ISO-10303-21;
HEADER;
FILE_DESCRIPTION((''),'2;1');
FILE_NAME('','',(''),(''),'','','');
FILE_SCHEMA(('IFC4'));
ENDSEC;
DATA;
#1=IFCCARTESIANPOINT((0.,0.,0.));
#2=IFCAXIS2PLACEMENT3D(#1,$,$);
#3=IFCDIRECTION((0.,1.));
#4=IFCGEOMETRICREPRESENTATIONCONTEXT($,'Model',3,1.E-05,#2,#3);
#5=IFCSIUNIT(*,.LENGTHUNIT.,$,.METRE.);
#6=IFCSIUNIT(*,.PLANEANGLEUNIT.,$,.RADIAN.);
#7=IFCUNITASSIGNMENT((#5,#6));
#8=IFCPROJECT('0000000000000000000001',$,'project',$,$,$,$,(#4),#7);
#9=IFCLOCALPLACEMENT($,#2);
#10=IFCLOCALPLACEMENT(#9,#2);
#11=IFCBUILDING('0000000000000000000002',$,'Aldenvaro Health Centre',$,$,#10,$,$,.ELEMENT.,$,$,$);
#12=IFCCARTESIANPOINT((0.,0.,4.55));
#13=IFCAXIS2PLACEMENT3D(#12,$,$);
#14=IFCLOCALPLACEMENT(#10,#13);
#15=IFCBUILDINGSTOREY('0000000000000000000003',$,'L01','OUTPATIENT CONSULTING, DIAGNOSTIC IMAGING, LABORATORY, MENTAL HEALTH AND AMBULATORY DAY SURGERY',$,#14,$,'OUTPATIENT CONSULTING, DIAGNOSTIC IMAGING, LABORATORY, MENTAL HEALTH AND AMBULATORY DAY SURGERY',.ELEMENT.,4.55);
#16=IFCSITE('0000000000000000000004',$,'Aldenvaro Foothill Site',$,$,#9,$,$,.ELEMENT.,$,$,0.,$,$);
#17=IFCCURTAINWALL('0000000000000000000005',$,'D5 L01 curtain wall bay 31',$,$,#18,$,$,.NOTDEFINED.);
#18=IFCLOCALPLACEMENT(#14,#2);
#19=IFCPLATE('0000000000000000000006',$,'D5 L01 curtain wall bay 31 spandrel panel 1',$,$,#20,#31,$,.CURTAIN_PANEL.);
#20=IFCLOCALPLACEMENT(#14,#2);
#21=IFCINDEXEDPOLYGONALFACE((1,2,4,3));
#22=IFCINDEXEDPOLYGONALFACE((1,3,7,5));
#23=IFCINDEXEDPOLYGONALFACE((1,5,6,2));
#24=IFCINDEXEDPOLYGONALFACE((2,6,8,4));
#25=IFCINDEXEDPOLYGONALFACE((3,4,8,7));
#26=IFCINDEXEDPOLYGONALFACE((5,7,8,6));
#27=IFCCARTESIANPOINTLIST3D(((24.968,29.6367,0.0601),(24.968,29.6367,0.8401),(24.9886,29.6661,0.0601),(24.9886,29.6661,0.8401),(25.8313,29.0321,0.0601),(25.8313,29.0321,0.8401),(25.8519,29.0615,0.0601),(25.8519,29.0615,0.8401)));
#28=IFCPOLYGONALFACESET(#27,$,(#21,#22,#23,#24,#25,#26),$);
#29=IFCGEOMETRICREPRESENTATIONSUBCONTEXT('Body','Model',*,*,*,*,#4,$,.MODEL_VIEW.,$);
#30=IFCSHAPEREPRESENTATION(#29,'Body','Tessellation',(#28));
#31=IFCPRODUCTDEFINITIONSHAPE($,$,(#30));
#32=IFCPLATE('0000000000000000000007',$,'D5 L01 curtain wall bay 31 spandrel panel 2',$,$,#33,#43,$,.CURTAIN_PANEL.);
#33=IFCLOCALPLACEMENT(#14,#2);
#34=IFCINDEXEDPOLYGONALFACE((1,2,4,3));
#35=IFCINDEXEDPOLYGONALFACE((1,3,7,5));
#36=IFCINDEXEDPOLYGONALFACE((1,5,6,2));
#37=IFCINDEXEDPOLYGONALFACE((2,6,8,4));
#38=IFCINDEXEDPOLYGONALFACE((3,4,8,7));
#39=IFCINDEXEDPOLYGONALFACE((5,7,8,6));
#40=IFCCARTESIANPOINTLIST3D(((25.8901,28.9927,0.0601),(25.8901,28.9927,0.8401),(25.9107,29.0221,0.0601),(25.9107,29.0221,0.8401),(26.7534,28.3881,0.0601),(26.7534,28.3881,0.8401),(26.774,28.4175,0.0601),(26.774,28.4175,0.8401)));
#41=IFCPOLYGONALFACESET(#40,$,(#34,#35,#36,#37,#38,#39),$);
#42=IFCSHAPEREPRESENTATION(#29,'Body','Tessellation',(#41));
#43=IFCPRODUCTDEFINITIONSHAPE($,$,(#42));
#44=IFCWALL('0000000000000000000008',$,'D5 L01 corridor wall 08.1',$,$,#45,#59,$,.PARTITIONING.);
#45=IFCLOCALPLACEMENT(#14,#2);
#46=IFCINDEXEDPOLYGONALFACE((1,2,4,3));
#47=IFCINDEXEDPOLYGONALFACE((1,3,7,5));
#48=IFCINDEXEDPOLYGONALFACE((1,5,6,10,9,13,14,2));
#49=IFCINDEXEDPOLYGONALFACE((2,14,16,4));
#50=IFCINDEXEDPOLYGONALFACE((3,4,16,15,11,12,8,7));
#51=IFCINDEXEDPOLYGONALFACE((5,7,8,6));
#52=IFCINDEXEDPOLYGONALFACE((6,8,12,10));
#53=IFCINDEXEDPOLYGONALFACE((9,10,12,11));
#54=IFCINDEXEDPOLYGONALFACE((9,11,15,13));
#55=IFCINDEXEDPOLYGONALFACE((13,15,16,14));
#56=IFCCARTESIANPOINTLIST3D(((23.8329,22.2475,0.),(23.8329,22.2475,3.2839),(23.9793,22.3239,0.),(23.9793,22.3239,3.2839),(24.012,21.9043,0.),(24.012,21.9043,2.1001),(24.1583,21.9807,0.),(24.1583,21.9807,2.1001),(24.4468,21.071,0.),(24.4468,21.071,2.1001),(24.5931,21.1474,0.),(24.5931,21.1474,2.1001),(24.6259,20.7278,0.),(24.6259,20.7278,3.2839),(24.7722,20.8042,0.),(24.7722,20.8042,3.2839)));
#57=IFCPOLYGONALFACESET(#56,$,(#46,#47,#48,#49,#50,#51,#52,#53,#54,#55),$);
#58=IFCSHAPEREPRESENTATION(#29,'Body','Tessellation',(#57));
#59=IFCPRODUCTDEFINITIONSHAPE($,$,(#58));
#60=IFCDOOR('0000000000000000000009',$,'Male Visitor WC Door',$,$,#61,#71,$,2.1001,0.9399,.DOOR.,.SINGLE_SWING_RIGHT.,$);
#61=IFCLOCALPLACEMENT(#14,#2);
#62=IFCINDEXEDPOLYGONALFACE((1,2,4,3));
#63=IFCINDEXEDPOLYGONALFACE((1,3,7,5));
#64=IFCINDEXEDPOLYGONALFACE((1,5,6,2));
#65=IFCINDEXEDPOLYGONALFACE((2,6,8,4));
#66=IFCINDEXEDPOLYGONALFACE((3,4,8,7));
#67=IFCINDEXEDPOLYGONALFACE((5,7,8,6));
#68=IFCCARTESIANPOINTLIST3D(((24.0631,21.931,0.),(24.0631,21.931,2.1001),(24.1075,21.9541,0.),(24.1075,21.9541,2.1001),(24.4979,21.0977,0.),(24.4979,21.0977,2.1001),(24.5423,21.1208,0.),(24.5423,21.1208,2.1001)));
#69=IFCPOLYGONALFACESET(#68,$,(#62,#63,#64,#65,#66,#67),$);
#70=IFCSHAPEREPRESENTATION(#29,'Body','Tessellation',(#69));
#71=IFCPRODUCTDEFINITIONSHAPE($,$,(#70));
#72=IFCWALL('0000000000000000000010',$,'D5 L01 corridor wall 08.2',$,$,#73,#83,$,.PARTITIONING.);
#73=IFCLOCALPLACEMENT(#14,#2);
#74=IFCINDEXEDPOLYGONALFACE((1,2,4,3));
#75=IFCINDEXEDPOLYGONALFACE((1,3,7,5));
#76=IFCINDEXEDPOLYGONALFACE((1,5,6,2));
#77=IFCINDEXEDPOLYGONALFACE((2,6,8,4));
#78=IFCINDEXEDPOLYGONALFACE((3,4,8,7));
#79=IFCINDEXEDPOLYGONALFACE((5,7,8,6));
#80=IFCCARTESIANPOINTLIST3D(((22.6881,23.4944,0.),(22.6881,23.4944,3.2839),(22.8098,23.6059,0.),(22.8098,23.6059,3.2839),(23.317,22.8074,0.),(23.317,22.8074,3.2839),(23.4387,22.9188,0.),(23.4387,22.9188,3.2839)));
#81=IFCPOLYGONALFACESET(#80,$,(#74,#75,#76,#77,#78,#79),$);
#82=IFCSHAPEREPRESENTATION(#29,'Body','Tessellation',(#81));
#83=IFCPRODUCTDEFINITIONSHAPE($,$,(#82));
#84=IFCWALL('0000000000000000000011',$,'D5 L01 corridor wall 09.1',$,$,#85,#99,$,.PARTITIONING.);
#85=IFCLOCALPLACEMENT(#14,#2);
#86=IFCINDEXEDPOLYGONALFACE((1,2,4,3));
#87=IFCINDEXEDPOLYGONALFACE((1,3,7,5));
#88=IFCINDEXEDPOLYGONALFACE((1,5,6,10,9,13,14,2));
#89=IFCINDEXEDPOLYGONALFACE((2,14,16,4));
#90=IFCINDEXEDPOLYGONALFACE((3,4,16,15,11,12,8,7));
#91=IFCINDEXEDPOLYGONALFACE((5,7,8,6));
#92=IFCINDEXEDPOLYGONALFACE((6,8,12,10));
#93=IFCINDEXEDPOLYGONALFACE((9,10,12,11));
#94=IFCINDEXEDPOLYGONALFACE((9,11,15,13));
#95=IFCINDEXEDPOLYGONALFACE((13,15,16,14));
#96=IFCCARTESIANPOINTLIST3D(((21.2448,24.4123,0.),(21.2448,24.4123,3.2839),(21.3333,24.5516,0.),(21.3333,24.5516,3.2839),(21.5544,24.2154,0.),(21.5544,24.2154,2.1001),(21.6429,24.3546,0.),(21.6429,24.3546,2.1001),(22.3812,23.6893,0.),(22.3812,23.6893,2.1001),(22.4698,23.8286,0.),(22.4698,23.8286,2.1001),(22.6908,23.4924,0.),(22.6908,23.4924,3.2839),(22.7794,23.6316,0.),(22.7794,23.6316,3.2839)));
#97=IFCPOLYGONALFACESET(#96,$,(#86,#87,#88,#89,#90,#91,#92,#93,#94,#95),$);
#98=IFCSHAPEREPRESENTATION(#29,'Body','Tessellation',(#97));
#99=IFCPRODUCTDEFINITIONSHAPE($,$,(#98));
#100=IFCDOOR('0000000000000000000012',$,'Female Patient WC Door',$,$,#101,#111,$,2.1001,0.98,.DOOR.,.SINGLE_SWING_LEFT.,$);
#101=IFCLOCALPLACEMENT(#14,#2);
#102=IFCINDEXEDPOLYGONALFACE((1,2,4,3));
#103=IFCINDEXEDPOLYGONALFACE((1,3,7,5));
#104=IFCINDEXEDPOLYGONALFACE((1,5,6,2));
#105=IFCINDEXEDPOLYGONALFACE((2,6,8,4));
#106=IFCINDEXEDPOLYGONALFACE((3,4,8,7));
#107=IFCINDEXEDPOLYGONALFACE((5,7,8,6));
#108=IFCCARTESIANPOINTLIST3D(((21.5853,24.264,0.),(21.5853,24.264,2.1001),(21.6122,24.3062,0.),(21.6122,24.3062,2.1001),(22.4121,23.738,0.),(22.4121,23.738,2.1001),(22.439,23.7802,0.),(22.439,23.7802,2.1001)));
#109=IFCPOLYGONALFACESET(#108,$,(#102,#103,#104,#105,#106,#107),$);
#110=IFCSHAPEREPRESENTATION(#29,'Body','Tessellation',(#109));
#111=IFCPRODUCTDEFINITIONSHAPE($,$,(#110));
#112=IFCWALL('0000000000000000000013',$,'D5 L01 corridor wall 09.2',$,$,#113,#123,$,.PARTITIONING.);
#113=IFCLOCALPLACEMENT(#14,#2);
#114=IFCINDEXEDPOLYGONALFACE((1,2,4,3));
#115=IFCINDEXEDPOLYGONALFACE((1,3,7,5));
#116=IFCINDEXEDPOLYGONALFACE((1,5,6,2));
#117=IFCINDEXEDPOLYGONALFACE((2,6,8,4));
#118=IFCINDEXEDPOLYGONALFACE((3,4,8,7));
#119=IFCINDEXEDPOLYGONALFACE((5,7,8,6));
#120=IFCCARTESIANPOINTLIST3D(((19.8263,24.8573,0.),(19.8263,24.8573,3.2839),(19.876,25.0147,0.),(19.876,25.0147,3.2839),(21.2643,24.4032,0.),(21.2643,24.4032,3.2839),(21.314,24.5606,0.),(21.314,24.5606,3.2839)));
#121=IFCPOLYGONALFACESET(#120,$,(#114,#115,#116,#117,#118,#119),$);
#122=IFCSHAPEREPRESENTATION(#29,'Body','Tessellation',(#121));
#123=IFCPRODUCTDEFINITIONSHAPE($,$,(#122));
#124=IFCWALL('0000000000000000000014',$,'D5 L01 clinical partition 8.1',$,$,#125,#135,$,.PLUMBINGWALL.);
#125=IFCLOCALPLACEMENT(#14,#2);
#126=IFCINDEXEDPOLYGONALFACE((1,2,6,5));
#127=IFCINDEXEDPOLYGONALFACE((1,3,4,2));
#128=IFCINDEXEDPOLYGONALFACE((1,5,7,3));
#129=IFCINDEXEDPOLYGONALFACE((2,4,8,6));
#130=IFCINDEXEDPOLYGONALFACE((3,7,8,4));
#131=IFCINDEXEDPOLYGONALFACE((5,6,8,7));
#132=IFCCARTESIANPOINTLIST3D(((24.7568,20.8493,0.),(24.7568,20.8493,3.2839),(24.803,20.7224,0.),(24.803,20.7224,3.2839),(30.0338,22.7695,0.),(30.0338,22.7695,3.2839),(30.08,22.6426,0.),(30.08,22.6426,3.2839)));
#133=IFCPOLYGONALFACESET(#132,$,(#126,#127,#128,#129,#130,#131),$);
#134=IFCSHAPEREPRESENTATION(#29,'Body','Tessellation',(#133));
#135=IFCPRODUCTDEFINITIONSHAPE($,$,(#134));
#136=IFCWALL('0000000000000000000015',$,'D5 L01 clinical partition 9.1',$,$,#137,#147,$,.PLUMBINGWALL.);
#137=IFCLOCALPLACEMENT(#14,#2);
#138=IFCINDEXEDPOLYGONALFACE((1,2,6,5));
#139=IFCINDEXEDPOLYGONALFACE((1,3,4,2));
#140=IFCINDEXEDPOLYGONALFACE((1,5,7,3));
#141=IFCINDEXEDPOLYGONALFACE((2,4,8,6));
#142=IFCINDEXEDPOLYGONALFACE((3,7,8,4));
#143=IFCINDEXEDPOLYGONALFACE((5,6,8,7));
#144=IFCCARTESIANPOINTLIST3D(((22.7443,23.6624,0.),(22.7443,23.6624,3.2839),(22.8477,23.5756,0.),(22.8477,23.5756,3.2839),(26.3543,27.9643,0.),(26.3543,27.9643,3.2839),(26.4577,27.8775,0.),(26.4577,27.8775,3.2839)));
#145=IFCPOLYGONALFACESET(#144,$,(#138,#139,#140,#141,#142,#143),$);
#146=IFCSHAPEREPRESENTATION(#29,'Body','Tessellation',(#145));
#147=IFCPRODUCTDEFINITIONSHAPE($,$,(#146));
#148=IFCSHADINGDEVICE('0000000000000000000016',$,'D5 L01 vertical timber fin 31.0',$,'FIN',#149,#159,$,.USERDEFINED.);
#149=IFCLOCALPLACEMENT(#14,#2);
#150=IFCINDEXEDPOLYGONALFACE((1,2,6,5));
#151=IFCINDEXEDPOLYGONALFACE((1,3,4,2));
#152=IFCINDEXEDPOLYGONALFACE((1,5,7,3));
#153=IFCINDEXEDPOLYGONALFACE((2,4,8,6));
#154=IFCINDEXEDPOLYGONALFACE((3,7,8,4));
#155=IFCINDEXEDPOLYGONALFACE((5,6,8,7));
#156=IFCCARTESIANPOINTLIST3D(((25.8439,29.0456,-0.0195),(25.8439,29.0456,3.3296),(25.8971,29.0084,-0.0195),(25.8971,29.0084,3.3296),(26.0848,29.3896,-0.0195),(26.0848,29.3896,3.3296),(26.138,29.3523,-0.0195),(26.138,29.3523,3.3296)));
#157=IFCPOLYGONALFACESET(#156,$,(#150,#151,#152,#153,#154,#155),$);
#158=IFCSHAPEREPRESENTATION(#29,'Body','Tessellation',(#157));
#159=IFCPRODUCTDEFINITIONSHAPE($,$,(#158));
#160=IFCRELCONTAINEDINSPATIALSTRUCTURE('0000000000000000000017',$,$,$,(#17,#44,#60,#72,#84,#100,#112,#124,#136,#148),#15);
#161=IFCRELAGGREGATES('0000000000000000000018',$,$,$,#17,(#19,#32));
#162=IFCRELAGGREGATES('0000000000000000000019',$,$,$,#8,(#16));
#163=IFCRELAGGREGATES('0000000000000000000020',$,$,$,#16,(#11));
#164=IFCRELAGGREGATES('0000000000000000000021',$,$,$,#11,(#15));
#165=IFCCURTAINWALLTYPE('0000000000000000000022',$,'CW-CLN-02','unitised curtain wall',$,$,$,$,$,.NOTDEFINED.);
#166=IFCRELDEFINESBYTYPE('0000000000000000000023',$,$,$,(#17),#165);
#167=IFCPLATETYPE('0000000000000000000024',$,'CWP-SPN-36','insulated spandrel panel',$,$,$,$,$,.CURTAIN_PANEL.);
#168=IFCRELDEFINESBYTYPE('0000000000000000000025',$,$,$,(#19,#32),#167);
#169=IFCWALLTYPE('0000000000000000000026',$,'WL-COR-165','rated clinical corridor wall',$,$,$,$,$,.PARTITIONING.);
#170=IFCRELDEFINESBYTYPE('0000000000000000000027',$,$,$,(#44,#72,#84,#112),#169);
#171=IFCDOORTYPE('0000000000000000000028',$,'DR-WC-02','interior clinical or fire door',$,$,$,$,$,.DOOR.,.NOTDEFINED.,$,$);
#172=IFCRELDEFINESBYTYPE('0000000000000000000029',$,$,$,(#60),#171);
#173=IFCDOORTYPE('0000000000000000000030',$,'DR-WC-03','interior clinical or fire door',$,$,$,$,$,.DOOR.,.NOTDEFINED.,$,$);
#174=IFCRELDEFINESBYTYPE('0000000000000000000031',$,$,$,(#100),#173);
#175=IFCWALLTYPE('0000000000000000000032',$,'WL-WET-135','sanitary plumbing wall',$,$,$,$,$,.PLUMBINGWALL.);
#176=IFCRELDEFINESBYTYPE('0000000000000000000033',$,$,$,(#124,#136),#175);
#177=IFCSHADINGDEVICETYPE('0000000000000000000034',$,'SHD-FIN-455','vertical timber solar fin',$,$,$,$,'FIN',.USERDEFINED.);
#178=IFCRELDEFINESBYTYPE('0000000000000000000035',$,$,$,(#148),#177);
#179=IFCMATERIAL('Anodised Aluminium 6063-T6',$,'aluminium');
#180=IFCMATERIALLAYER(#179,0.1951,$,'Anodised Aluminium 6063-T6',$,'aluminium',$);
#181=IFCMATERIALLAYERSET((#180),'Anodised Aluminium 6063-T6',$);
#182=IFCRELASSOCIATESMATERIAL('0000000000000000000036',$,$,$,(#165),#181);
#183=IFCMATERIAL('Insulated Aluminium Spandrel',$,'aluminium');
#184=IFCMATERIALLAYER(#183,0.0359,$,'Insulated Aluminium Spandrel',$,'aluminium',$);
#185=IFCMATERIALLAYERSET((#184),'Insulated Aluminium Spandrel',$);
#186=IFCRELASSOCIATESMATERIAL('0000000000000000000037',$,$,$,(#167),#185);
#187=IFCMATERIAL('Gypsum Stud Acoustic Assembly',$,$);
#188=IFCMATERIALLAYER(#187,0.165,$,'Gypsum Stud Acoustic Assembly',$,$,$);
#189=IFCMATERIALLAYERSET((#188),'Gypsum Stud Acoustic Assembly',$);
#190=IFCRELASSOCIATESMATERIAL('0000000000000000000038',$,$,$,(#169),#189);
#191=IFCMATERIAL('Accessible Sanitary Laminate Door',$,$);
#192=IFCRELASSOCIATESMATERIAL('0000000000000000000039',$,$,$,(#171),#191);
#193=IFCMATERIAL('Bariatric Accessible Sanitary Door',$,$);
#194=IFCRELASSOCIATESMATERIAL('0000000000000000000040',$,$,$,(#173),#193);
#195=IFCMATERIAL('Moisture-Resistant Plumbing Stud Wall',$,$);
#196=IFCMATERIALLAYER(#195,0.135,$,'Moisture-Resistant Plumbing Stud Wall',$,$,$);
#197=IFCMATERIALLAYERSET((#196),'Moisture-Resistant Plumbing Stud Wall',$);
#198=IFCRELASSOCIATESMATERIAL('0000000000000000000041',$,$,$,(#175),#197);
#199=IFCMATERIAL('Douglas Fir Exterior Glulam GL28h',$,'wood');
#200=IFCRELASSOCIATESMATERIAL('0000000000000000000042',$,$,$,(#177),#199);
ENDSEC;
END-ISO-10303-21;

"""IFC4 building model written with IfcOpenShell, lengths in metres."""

from ifc_helpers import new_model, si_unit, direction, frame, frame_2d, origin, origin_2d, place, context, subcontext, project, spatial, rectangle, extrude, material, layer, layer_set, type_object, element, fill, aggregate, save


model = new_model("IFC4")

# Units and contexts
model_context = context("Model", 3, precision=1e-05, world=origin(), true_north=direction((0.0, 1.0)))
body_context = subcontext(model_context, "Body", "Model", "MODEL_VIEW")
ifc_project = project(units=[si_unit("LENGTHUNIT", "METRE"), si_unit("PLANEANGLEUNIT", "RADIAN")], contexts=[model_context])

# Site, building, storey
site_placement = place(None, origin())
site = spatial("IfcSite", under=ifc_project, at=site_placement, Name="Aldenvaro Foothill Site", CompositionType="ELEMENT", RefElevation=0.0)
building_placement = place(site_placement, origin())
building = spatial("IfcBuilding", under=site, at=building_placement, Name="Aldenvaro Health Centre", CompositionType="ELEMENT")
storey_placement = place(building_placement, frame((0.0, 0.0, 4.55)))
storey = spatial("IfcBuildingStorey", under=building, at=storey_placement, Name="L01", Description="OUTPATIENT CONSULTING, DIAGNOSTIC IMAGING, LABORATORY, MENTAL HEALTH AND AMBULATORY DAY SURGERY", LongName="OUTPATIENT CONSULTING, DIAGNOSTIC IMAGING, LABORATORY, MENTAL HEALTH AND AMBULATORY DAY SURGERY", CompositionType="ELEMENT", Elevation=4.55)

# Curtain wall, plates
ifc_material_1 = material(Name="Anodised Aluminium 6063-T6", Category="aluminium")
ifc_layer_1 = layer(ifc_material_1, 0.1951, Name="Anodised Aluminium 6063-T6", Category="aluminium")
ifc_layer_set_1 = layer_set([ifc_layer_1], Name="Anodised Aluminium 6063-T6")
curtain_wall_type = type_object("IfcCurtainWallType", Name="CW-CLN-02", Description="unitised curtain wall", PredefinedType="NOTDEFINED", material=ifc_layer_set_1)
curtain_wall_placement = place(storey_placement, origin())
curtain_wall = element("IfcCurtainWall", 1, at=curtain_wall_placement, inside=storey, type_object=curtain_wall_type, Name="D5 L01 curtain wall bay 31", PredefinedType="NOTDEFINED")
ifc_material_2 = material(Name="Insulated Aluminium Spandrel", Category="aluminium")
ifc_layer_2 = layer(ifc_material_2, 0.0359, Name="Insulated Aluminium Spandrel", Category="aluminium")
ifc_layer_set_2 = layer_set([ifc_layer_2], Name="Insulated Aluminium Spandrel")
plate_type_1 = type_object("IfcPlateType", Name="CWP-SPN-36", Description="insulated spandrel panel", PredefinedType="CURTAIN_PANEL", material=ifc_layer_set_2)
plate_1_placement = place(storey_placement, frame((25.4099, 29.3491, 0.0601), z_axis=(0.0, 0.0, 1.0), x_axis=(0.819107, -0.573641, 0.0)))
plate_1 = element("IfcPlate", 2, at=plate_1_placement, type_object=plate_type_1, Name="D5 L01 curtain wall bay 31 spandrel panel 1", PredefinedType="CURTAIN_PANEL", context=body_context, shape_type="SweptSolid", body=[
    extrude(rectangle(XDim=1.054, YDim=0.0359, at=origin_2d()), origin(), (0.0, 0.0, 1.0), 0.78),
])
plate_2_placement = place(storey_placement, frame((26.332, 28.7051, 0.0601), z_axis=(0.0, 0.0, 1.0), x_axis=(0.819107, -0.573641, 0.0)))
plate_2 = element("IfcPlate", 3, at=plate_2_placement, type_object=plate_type_1, Name="D5 L01 curtain wall bay 31 spandrel panel 2", PredefinedType="CURTAIN_PANEL", context=body_context, shape_type="SweptSolid", body=[
    extrude(rectangle(XDim=1.054, YDim=0.0359, at=origin_2d()), origin(), (0.0, 0.0, 1.0), 0.78),
])
aggregate(curtain_wall, [plate_1, plate_2])

# Wall, opening, door
ifc_material_3 = material(Name="Gypsum Stud Acoustic Assembly")
ifc_layer_3 = layer(ifc_material_3, 0.165, Name="Gypsum Stud Acoustic Assembly")
ifc_layer_set_3 = layer_set([ifc_layer_3], Name="Gypsum Stud Acoustic Assembly")
wall_type_1 = type_object("IfcWallType", Name="WL-COR-165", Description="rated clinical corridor wall", PredefinedType="PARTITIONING", material=ifc_layer_set_3)
wall_1_placement = place(storey_placement, frame((24.699, 20.7661, 0.0), z_axis=(0.0, 0.0, 1.0), x_axis=(-0.462585, 0.886575, 0.0)))
wall_1 = element("IfcWall", 4, at=wall_1_placement, inside=storey, type_object=wall_type_1, Name="D5 L01 corridor wall 08.1", PredefinedType="PARTITIONING", context=body_context, shape_type="SweptSolid", body=[
    extrude(rectangle(XDim=1.7141, YDim=0.165, at=frame_2d((0.8569, 0.0))), origin(), (0.0, 0.0, 1.0), 3.2839),
])
opening_1_placement = place(wall_1_placement, frame((0.387, 0.0, 0.0)))
opening_1 = element("IfcOpeningElement", 5, at=opening_1_placement, cuts=wall_1, PredefinedType="OPENING", context=body_context, shape_type="SweptSolid", body=[
    extrude(rectangle(XDim=0.9399, YDim=2.1001, at=frame_2d((0.47, 1.05))), frame((0.0, 0.0925, 0.0), z_axis=(0.0, -1.0, 0.0), x_axis=(1.0, 0.0, 0.0)), (0.0, 0.0, 1.0), 0.1851),
])
ifc_material_4 = material(Name="Accessible Sanitary Laminate Door")
door_type_1 = type_object("IfcDoorType", Name="DR-WC-02", Description="interior clinical or fire door", OperationType="NOTDEFINED", PredefinedType="DOOR", material=ifc_material_4)
door_1_placement = place(opening_1_placement, origin())
door_1 = element("IfcDoor", 6, at=door_1_placement, inside=storey, type_object=door_type_1, Name="Male Visitor WC Door", OperationType="SINGLE_SWING_RIGHT", OverallHeight=2.1001, OverallWidth=0.9399, PredefinedType="DOOR", context=body_context, shape_type="SweptSolid", body=[
    extrude(rectangle(XDim=0.9399, YDim=2.1001, at=frame_2d((0.47, 1.05))), frame((0.0, 0.0249, 0.0), z_axis=(0.0, -1.0, 0.0), x_axis=(1.0, 0.0, 0.0)), (0.0, 0.0, 1.0), 0.05),
])
fill(opening_1, door_1)

# Wall
wall_2_placement = place(storey_placement, frame((23.3779, 22.863, 0.0), z_axis=(0.0, 0.0, 1.0), x_axis=(-0.675226, 0.737611, 0.0)))
element("IfcWall", 7, at=wall_2_placement, inside=storey, type_object=wall_type_1, Name="D5 L01 corridor wall 08.2", PredefinedType="PARTITIONING", context=body_context, shape_type="SweptSolid", body=[
    extrude(rectangle(XDim=0.9314, YDim=0.165, at=frame_2d((0.4658, 0.0))), origin(), (0.0, 0.0, 1.0), 3.2839),
])

# Wall, opening, door
wall_3_placement = place(storey_placement, frame((22.7351, 23.562, 0.0), z_axis=(0.0, 0.0, 1.0), x_axis=(-0.843738, 0.536756, 0.0)))
wall_3 = element("IfcWall", 8, at=wall_3_placement, inside=storey, type_object=wall_type_1, Name="D5 L01 corridor wall 09.1", PredefinedType="PARTITIONING", context=body_context, shape_type="SweptSolid", body=[
    extrude(rectangle(XDim=1.7139, YDim=0.165, at=frame_2d((0.8569, 0.0))), origin(), (0.0, 0.0, 1.0), 3.2839),
])
opening_2_placement = place(wall_3_placement, frame((0.3669, 0.0, 0.0)))
opening_2 = element("IfcOpeningElement", 9, at=opening_2_placement, cuts=wall_3, PredefinedType="OPENING", context=body_context, shape_type="SweptSolid", body=[
    extrude(rectangle(XDim=0.98, YDim=2.1001, at=frame_2d((0.49, 1.05))), frame((0.0, 0.0925, 0.0), z_axis=(0.0, -1.0, 0.0), x_axis=(1.0, 0.0, 0.0)), (0.0, 0.0, 1.0), 0.1851),
])
ifc_material_5 = material(Name="Bariatric Accessible Sanitary Door")
door_type_2 = type_object("IfcDoorType", Name="DR-WC-03", Description="interior clinical or fire door", OperationType="NOTDEFINED", PredefinedType="DOOR", material=ifc_material_5)
door_2_placement = place(opening_2_placement, origin())
door_2 = element("IfcDoor", 10, at=door_2_placement, inside=storey, type_object=door_type_2, Name="Female Patient WC Door", OperationType="SINGLE_SWING_LEFT", OverallHeight=2.1001, OverallWidth=0.98, PredefinedType="DOOR", context=body_context, shape_type="SweptSolid", body=[
    extrude(rectangle(XDim=0.98, YDim=2.1001, at=frame_2d((0.49, 1.05))), frame((0.0, 0.0249, 0.0), z_axis=(0.0, -1.0, 0.0), x_axis=(1.0, 0.0, 0.0)), (0.0, 0.0, 1.0), 0.05),
])
fill(opening_2, door_2)

# Walls
wall_4_placement = place(storey_placement, frame((21.2891, 24.4819, 0.0), z_axis=(0.0, 0.0, 1.0), x_axis=(-0.953583, 0.301131, 0.0)))
element("IfcWall", 11, at=wall_4_placement, inside=storey, type_object=wall_type_1, Name="D5 L01 corridor wall 09.2", PredefinedType="PARTITIONING", context=body_context, shape_type="SweptSolid", body=[
    extrude(rectangle(XDim=1.5081, YDim=0.165, at=frame_2d((0.7539, 0.0))), origin(), (0.0, 0.0, 1.0), 3.2839),
])
ifc_material_6 = material(Name="Moisture-Resistant Plumbing Stud Wall")
ifc_layer_4 = layer(ifc_material_6, 0.135, Name="Moisture-Resistant Plumbing Stud Wall")
ifc_layer_set_4 = layer_set([ifc_layer_4], Name="Moisture-Resistant Plumbing Stud Wall")
wall_type_2 = type_object("IfcWallType", Name="WL-WET-135", Description="sanitary plumbing wall", PredefinedType="PLUMBINGWALL", material=ifc_layer_set_4)
wall_5_placement = place(storey_placement, frame((24.78, 20.7859, 0.0), z_axis=(0.0, 0.0, 1.0), x_axis=(0.939719, 0.341949, 0.0)))
element("IfcWall", 12, at=wall_5_placement, inside=storey, type_object=wall_type_2, Name="D5 L01 clinical partition 8.1", PredefinedType="PLUMBINGWALL", context=body_context, shape_type="SweptSolid", body=[
    extrude(rectangle(XDim=5.6155, YDim=0.135, at=frame_2d((2.8076, 0.0))), origin(), (0.0, 0.0, 1.0), 3.2839),
])
wall_6_placement = place(storey_placement, frame((22.7959, 23.6189, 0.0), z_axis=(0.0, 0.0, 1.0), x_axis=(0.642819, 0.766018, 0.0)))
element("IfcWall", 13, at=wall_6_placement, inside=storey, type_object=wall_type_2, Name="D5 L01 clinical partition 9.1", PredefinedType="PLUMBINGWALL", context=body_context, shape_type="SweptSolid", body=[
    extrude(rectangle(XDim=5.616, YDim=0.135, at=frame_2d((2.8081, 0.0))), origin(), (0.0, 0.0, 1.0), 3.2839),
])

# Shading device
ifc_material_7 = material(Name="Douglas Fir Exterior Glulam GL28h", Category="wood")
shading_device_type = type_object("IfcShadingDeviceType", Name="SHD-FIN-455", Description="vertical timber solar fin", ElementType="FIN", PredefinedType="USERDEFINED", material=ifc_material_7)
shading_device_placement = place(storey_placement, frame((25.991, 29.199, -0.0195), z_axis=(0.0, 0.0, 1.0), x_axis=(0.819107, -0.573641, 0.0)))
element("IfcShadingDevice", 14, at=shading_device_placement, inside=storey, type_object=shading_device_type, Name="D5 L01 vertical timber fin 31.0", ObjectType="FIN", PredefinedType="USERDEFINED", context=body_context, shape_type="SweptSolid", body=[
    extrude(rectangle(XDim=0.0649, YDim=0.4199, at=origin_2d()), origin(), (0.0, 0.0, 1.0), 3.3491),
])

save(model, "model.ifc")
